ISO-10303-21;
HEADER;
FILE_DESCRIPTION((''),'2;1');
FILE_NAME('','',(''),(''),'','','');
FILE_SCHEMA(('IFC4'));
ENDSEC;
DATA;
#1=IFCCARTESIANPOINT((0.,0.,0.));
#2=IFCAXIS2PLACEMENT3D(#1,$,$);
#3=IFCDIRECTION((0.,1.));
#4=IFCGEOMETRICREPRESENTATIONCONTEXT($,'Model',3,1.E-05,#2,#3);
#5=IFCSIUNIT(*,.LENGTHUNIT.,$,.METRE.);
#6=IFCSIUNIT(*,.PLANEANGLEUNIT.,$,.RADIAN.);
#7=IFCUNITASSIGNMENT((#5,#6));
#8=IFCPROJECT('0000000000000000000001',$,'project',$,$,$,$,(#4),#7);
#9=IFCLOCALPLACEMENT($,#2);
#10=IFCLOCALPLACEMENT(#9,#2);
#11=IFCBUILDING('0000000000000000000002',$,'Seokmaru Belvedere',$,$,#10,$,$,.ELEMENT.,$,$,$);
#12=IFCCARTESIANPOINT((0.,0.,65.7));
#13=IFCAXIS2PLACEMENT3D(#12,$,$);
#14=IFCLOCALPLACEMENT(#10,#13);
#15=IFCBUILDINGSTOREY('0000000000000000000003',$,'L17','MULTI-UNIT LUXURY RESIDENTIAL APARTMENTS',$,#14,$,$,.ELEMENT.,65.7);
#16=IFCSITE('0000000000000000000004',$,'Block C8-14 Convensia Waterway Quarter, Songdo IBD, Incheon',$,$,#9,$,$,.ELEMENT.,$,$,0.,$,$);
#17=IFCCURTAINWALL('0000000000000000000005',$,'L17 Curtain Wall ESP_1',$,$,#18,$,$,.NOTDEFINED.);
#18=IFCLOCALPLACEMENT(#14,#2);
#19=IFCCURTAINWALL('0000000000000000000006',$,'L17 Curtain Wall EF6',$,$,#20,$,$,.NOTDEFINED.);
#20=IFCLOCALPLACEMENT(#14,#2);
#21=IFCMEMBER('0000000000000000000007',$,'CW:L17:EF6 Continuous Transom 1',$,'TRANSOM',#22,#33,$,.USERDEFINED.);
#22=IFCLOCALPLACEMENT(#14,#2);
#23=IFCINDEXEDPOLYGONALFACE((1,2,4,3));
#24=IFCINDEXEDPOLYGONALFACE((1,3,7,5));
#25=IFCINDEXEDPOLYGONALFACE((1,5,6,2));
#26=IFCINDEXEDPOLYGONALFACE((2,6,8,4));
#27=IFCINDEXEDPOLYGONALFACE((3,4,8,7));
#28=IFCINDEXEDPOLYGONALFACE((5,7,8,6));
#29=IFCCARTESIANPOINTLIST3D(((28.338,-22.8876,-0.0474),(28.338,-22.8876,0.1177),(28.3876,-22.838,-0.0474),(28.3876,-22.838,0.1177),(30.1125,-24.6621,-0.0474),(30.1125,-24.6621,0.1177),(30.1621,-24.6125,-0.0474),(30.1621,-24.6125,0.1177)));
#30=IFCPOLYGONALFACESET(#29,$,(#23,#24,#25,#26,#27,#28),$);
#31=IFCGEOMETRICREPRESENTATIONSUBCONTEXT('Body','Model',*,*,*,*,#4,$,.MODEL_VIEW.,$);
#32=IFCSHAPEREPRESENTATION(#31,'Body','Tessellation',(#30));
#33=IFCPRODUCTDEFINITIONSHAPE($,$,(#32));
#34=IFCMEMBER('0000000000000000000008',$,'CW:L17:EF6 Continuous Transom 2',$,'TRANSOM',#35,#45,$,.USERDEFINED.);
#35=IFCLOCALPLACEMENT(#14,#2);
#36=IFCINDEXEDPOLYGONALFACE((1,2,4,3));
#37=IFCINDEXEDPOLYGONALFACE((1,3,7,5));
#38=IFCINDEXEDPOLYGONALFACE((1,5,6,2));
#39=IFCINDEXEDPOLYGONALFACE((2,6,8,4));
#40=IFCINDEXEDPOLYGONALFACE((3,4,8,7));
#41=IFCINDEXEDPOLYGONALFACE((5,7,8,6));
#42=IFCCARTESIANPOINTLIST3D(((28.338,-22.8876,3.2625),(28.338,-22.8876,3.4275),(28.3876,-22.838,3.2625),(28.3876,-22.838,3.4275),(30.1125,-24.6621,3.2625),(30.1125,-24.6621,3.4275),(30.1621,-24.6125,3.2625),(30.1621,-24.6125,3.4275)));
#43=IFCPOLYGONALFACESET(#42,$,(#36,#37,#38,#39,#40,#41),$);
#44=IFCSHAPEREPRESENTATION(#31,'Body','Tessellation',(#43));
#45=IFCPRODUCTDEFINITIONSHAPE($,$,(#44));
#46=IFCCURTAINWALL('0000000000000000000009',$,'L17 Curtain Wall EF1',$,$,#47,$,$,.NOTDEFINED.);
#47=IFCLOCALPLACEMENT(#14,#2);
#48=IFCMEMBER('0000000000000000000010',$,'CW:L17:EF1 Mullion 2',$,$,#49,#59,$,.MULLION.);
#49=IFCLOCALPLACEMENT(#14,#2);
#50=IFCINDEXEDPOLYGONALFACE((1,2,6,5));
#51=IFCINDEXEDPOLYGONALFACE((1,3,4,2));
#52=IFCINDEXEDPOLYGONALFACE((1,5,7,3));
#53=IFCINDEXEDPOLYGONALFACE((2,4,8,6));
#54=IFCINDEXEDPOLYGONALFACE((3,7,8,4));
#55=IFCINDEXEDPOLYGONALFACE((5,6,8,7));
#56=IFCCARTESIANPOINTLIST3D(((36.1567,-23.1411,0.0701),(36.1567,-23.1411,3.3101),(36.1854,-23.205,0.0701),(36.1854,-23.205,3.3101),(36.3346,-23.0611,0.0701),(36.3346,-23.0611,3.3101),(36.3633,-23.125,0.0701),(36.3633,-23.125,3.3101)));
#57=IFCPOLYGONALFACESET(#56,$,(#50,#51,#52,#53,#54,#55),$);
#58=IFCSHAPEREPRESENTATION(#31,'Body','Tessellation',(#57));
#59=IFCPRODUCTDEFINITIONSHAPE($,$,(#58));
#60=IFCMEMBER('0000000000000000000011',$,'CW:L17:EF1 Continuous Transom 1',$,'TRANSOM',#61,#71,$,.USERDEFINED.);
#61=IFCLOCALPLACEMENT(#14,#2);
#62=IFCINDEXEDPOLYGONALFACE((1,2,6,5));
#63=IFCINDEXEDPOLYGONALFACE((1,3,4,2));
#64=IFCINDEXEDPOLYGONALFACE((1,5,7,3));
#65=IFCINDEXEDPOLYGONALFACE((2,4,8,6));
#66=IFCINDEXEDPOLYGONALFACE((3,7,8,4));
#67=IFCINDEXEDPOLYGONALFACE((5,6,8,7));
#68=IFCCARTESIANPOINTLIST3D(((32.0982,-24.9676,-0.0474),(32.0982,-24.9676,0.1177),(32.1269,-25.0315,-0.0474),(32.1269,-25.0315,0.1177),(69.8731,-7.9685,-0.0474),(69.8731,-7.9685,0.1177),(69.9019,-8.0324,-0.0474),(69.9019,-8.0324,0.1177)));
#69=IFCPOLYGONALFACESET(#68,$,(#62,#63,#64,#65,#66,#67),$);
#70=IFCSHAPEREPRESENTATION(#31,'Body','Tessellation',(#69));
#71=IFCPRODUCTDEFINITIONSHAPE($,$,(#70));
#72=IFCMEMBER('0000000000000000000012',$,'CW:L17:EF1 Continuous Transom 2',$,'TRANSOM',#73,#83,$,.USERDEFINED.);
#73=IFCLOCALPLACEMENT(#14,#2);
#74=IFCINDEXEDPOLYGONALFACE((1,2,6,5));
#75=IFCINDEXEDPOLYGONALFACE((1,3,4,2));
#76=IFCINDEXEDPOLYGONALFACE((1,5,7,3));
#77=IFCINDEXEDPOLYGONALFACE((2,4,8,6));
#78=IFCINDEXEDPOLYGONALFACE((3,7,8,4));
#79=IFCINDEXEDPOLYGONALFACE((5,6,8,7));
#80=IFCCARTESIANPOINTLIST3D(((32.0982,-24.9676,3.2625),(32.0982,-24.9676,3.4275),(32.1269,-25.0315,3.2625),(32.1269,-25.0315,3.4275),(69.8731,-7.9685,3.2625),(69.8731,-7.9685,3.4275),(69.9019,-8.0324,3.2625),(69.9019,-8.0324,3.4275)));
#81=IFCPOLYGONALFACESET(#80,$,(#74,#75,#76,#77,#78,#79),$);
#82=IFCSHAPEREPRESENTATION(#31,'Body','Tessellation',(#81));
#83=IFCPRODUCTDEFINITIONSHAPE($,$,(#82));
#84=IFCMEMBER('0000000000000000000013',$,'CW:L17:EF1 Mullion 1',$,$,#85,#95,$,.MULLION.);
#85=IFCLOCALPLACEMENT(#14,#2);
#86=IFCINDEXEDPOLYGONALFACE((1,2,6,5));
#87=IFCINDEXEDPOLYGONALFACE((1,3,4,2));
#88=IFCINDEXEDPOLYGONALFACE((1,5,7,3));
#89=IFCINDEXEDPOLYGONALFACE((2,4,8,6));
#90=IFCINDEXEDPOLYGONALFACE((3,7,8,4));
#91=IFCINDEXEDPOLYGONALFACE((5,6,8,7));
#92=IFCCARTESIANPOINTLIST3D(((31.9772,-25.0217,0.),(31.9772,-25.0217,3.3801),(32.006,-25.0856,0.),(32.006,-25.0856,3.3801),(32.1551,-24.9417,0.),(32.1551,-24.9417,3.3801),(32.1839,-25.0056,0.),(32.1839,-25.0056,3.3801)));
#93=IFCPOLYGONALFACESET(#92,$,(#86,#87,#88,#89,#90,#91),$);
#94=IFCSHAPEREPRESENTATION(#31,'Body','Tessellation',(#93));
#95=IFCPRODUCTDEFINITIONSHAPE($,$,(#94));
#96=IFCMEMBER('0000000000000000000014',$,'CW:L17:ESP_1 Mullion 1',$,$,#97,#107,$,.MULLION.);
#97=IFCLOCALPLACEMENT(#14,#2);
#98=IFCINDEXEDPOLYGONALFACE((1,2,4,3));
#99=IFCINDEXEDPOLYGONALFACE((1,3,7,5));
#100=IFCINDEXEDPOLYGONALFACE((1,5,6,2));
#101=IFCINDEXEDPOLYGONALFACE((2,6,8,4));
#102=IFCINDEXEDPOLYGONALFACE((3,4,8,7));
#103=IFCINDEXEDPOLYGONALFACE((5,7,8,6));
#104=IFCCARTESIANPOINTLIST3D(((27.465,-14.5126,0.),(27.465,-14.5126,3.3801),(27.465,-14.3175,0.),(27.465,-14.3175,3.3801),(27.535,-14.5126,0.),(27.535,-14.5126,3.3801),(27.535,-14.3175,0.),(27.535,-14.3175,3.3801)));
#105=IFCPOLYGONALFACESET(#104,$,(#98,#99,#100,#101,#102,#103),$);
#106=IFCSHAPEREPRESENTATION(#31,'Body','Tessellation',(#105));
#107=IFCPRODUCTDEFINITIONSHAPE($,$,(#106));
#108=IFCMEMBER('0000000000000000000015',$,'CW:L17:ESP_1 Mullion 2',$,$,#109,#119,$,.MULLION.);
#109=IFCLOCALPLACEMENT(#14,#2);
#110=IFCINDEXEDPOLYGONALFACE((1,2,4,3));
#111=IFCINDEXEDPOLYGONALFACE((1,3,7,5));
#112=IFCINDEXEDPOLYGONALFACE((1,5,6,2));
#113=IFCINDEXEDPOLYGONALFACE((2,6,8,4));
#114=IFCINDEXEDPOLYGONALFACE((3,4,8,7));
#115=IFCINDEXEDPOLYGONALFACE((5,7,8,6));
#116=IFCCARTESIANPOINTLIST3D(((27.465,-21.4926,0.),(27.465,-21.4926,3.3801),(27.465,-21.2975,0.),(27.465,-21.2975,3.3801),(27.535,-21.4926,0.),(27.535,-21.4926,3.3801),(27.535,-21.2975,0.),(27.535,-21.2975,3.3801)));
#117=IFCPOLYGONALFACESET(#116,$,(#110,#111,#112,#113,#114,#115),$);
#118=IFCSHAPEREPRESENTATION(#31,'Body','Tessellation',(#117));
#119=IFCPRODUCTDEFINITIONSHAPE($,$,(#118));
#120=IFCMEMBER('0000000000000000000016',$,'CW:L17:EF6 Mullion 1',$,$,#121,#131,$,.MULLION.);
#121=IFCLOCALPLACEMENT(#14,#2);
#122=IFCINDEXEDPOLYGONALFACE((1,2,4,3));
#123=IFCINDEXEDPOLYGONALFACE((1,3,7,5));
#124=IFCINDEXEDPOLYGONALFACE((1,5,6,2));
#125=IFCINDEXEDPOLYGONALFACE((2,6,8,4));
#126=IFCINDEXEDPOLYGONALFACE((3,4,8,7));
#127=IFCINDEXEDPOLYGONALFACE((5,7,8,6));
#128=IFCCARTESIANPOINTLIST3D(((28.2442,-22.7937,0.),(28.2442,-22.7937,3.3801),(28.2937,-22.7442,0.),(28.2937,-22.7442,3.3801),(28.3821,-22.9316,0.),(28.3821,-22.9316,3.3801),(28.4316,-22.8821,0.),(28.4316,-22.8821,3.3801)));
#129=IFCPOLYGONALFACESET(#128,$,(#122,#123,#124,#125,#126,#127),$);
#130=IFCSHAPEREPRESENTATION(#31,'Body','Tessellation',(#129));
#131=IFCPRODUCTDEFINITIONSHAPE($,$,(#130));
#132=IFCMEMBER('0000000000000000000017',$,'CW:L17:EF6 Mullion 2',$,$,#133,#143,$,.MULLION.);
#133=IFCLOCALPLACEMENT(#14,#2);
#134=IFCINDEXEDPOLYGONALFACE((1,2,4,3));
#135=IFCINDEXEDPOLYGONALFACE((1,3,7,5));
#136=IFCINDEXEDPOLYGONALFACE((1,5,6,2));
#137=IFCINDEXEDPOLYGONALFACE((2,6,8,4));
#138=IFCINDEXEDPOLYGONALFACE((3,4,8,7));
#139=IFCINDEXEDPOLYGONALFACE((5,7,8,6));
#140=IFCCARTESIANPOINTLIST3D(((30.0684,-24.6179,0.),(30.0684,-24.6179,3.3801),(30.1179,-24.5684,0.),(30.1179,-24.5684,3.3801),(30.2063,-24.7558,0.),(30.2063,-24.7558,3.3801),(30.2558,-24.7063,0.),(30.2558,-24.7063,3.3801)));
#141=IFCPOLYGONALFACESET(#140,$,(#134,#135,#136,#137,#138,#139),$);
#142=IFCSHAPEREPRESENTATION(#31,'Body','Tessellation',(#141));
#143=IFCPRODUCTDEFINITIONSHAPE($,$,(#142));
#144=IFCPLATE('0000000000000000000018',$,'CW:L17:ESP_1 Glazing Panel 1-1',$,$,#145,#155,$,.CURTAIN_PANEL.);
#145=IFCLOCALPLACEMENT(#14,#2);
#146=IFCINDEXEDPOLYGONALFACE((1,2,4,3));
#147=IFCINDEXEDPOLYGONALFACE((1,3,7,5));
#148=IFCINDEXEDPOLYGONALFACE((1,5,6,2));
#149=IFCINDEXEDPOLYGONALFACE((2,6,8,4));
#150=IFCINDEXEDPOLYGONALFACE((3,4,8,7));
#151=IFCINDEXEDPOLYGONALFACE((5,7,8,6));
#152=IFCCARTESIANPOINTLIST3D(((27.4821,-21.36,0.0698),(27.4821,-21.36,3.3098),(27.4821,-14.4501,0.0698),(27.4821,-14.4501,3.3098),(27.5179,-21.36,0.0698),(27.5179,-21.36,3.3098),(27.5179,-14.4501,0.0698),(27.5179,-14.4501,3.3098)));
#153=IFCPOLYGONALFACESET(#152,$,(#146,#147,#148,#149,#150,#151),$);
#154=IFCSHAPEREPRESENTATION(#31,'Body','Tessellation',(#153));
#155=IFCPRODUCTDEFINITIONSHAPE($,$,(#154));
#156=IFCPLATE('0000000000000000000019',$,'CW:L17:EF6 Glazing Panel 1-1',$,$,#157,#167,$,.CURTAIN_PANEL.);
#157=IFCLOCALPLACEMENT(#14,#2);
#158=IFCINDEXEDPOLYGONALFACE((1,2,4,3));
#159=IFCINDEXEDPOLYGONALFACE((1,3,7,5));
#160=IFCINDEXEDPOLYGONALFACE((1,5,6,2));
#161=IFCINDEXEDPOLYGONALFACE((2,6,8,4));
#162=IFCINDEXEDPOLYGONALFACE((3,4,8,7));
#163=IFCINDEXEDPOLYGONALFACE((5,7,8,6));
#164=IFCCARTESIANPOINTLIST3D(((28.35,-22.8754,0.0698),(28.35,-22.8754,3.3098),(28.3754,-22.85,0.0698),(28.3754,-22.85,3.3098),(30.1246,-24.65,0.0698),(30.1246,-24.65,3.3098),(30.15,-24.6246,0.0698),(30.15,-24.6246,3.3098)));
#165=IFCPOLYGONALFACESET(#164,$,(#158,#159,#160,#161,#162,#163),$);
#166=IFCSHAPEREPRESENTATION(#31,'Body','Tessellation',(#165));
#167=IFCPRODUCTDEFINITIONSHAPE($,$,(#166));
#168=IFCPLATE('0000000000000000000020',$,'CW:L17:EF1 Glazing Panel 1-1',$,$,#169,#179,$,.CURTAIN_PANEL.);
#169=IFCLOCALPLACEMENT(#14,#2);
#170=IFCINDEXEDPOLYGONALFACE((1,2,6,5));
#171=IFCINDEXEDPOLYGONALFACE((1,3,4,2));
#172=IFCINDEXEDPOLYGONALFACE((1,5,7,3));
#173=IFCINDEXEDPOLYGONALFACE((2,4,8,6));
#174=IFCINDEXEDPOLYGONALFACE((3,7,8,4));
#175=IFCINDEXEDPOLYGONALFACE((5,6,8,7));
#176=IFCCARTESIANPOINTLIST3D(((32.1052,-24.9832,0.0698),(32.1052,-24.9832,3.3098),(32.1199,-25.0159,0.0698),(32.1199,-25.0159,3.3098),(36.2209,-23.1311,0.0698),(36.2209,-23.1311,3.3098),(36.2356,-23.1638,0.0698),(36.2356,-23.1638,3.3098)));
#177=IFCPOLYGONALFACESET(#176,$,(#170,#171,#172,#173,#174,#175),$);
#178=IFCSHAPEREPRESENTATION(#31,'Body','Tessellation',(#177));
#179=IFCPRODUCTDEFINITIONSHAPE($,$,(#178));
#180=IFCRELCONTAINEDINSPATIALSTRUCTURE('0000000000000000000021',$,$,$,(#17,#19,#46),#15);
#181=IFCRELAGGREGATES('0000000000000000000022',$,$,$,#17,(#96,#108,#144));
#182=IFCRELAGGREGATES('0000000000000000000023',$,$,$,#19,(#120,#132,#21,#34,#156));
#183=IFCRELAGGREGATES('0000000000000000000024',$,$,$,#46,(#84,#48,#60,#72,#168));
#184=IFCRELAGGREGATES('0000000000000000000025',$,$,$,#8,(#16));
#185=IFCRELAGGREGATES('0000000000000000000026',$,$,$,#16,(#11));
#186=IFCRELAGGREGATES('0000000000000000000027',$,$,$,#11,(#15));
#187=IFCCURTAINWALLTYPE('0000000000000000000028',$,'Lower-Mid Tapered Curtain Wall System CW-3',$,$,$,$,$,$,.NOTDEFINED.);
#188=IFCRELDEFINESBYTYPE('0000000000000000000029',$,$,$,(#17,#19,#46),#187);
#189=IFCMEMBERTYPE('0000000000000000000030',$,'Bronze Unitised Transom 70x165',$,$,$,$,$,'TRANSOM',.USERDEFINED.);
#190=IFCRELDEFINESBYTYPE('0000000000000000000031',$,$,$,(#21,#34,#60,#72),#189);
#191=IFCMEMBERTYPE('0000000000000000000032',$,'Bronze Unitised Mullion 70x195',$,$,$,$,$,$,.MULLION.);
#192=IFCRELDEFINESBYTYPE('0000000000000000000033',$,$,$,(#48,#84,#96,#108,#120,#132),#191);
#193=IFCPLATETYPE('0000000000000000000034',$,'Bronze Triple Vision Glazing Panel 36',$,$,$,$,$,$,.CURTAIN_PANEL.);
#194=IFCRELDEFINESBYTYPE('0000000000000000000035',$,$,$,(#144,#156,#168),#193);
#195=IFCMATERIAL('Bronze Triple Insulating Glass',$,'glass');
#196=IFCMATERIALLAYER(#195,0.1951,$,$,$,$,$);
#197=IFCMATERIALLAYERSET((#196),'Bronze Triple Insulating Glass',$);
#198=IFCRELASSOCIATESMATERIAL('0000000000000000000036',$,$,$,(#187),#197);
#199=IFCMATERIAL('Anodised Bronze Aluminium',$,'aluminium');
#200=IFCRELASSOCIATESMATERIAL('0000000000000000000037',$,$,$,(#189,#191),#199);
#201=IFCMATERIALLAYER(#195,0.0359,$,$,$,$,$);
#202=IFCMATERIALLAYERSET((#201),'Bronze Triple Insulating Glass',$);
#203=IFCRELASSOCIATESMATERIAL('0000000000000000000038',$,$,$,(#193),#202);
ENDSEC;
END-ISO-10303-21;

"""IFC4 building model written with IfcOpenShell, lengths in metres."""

from ifc_helpers import new_model, si_unit, direction, frame, origin, origin_2d, place, context, subcontext, project, spatial, rectangle, extrude, source, transform, mapped, material, layer, layer_set, material_profile, profile_set, type_object, type_shapes, element, aggregate, save


model = new_model("IFC4")

# Units and contexts
model_context = context("Model", 3, precision=1e-05, world=origin(), true_north=direction((0.0, 1.0)))
body_context = subcontext(model_context, "Body", "Model", "MODEL_VIEW")
ifc_project = project(units=[si_unit("LENGTHUNIT", "METRE"), si_unit("PLANEANGLEUNIT", "RADIAN")], contexts=[model_context])

# Site, building, storey
site_placement = place(None, origin())
site = spatial("IfcSite", under=ifc_project, at=site_placement, Name="Block C8-14 Convensia Waterway Quarter, Songdo IBD, Incheon", CompositionType="ELEMENT", RefElevation=0.0)
building_placement = place(site_placement, origin())
building = spatial("IfcBuilding", under=site, at=building_placement, Name="Seokmaru Belvedere", CompositionType="ELEMENT")
storey_placement = place(building_placement, frame((0.0, 0.0, 65.7)))
storey = spatial("IfcBuildingStorey", under=building, at=storey_placement, Name="L17", Description="MULTI-UNIT LUXURY RESIDENTIAL APARTMENTS", CompositionType="ELEMENT", Elevation=65.7)

# Curtain walls, members
ifc_material_1 = material(Name="Bronze Triple Insulating Glass", Category="glass")
ifc_layer_1 = layer(ifc_material_1, 0.1951)
ifc_layer_set_1 = layer_set([ifc_layer_1], Name="Bronze Triple Insulating Glass")
curtain_wall_type = type_object("IfcCurtainWallType", Name="Lower-Mid Tapered Curtain Wall System CW-3", PredefinedType="NOTDEFINED", material=ifc_layer_set_1)
curtain_wall_1_placement = place(storey_placement, origin())
curtain_wall_1 = element("IfcCurtainWall", 1, at=curtain_wall_1_placement, inside=storey, type_object=curtain_wall_type, Name="L17 Curtain Wall ESP_1", PredefinedType="NOTDEFINED")
ifc_material_2 = material(Name="Anodised Bronze Aluminium", Category="aluminium")
ifc_material_profile_1 = material_profile(ifc_material_2, rectangle(XDim=0.0701, YDim=0.165, at=origin_2d()), Name="CW-T-70x165")
ifc_profile_set_1 = profile_set([ifc_material_profile_1], Name="Anodised Bronze Aluminium")
member_type_1 = type_object("IfcMemberType", Name="Bronze Unitised Transom 70x165", ElementType="TRANSOM", PredefinedType="USERDEFINED", material=ifc_profile_set_1)
curtain_wall_2_placement = place(storey_placement, origin())
curtain_wall_2 = element("IfcCurtainWall", 2, at=curtain_wall_2_placement, inside=storey, type_object=curtain_wall_type, Name="L17 Curtain Wall EF6", PredefinedType="NOTDEFINED")
shared_shape_1 = source(origin(), body_context, "Body", "SweptSolid", [
    extrude(rectangle(XDim=0.0701, YDim=0.165, at=origin_2d()), origin(), (0.0, 0.0, 1.0), 2.5095),
])
member_1_placement = place(storey_placement, frame((28.3628, -22.8628, 0.0352), z_axis=(0.707107, -0.707107, 0.0), x_axis=(0.707107, 0.707107, 0.0)))
member_1 = element("IfcMember", 3, at=member_1_placement, type_object=member_type_1, Name="CW:L17:EF6 Continuous Transom 1", ObjectType="TRANSOM", PredefinedType="USERDEFINED", context=body_context, shape_type="MappedRepresentation", body=[
    mapped(shared_shape_1, transform((0.0, 0.0, 0.0), scale=1.0)),
])
member_2_placement = place(storey_placement, frame((28.3628, -22.8628, 3.345), z_axis=(0.707107, -0.707107, 0.0), x_axis=(0.707107, 0.707107, 0.0)))
member_2 = element("IfcMember", 4, at=member_2_placement, type_object=member_type_1, Name="CW:L17:EF6 Continuous Transom 2", ObjectType="TRANSOM", PredefinedType="USERDEFINED", context=body_context, shape_type="MappedRepresentation", body=[
    mapped(shared_shape_1, transform((0.0, 0.0, 0.0), scale=1.0)),
])
curtain_wall_3_placement = place(storey_placement, origin())
curtain_wall_3 = element("IfcCurtainWall", 5, at=curtain_wall_3_placement, inside=storey, type_object=curtain_wall_type, Name="L17 Curtain Wall EF1", PredefinedType="NOTDEFINED")
ifc_material_profile_2 = material_profile(ifc_material_2, rectangle(XDim=0.0701, YDim=0.1951, at=origin_2d()), Name="CW-M-70x195")
ifc_profile_set_2 = profile_set([ifc_material_profile_2], Name="Anodised Bronze Aluminium")
member_type_2 = type_object("IfcMemberType", Name="Bronze Unitised Mullion 70x195", PredefinedType="MULLION", material=ifc_profile_set_2)
shared_shape_2 = source(origin(), body_context, "Body", "SweptSolid", [
    extrude(rectangle(XDim=0.0701, YDim=0.1951, at=origin_2d()), origin(), (0.0, 0.0, 1.0), 3.24),
])
member_3_placement = place(storey_placement, frame((36.26, -23.1331, 0.0701), z_axis=(0.0, 0.0, 1.0), x_axis=(-0.410366, 0.911921, 0.0)))
member_3 = element("IfcMember", 6, at=member_3_placement, type_object=member_type_2, Name="CW:L17:EF1 Mullion 2", PredefinedType="MULLION", context=body_context, shape_type="MappedRepresentation", body=[
    mapped(shared_shape_2, transform((0.0, 0.0, 0.0), scale=1.0)),
])
shared_shape_3 = source(origin(), body_context, "Body", "SweptSolid", [
    extrude(rectangle(XDim=0.0701, YDim=0.165, at=origin_2d()), origin(), (0.0, 0.0, 1.0), 41.4236),
])
member_4_placement = place(storey_placement, frame((32.1125, -24.9995, 0.0352), z_axis=(0.911919, 0.410371, 0.0), x_axis=(-0.410371, 0.911919, 0.0)))
member_4 = element("IfcMember", 7, at=member_4_placement, type_object=member_type_1, Name="CW:L17:EF1 Continuous Transom 1", ObjectType="TRANSOM", PredefinedType="USERDEFINED", context=body_context, shape_type="MappedRepresentation", body=[
    mapped(shared_shape_3, transform((0.0, 0.0, 0.0), scale=1.0)),
])
member_5_placement = place(storey_placement, frame((32.1125, -24.9995, 3.345), z_axis=(0.911919, 0.410371, 0.0), x_axis=(-0.410371, 0.911919, 0.0)))
member_5 = element("IfcMember", 8, at=member_5_placement, type_object=member_type_1, Name="CW:L17:EF1 Continuous Transom 2", ObjectType="TRANSOM", PredefinedType="USERDEFINED", context=body_context, shape_type="MappedRepresentation", body=[
    mapped(shared_shape_3, transform((0.0, 0.0, 0.0), scale=1.0)),
])
shared_shape_4 = source(origin(), body_context, "Body", "SweptSolid", [
    extrude(rectangle(XDim=0.0701, YDim=0.1951, at=origin_2d()), origin(), (0.0, 0.0, 1.0), 3.3801),
])
type_shapes(member_type_2, [shared_shape_2, shared_shape_4])
member_6_placement = place(storey_placement, frame((32.0806, -25.0137, 0.0), z_axis=(0.0, 0.0, 1.0), x_axis=(-0.410366, 0.911921, 0.0)))
member_6 = element("IfcMember", 9, at=member_6_placement, type_object=member_type_2, Name="CW:L17:EF1 Mullion 1", PredefinedType="MULLION", context=body_context, shape_type="MappedRepresentation", body=[
    mapped(shared_shape_4, transform((0.0, 0.0, 0.0), scale=1.0)),
])

# Members
member_7_placement = place(storey_placement, frame((27.5, -14.415, 0.0), z_axis=(0.0, 0.0, 1.0), x_axis=(1.0, 0.0, 0.0)))
member_7 = element("IfcMember", 10, at=member_7_placement, type_object=member_type_2, Name="CW:L17:ESP_1 Mullion 1", PredefinedType="MULLION", context=body_context, shape_type="MappedRepresentation", body=[
    mapped(shared_shape_4, transform((0.0, 0.0, 0.0), scale=1.0)),
])
member_8_placement = place(storey_placement, frame((27.5, -21.395, 0.0), z_axis=(0.0, 0.0, 1.0), x_axis=(1.0, 0.0, 0.0)))
member_8 = element("IfcMember", 11, at=member_8_placement, type_object=member_type_2, Name="CW:L17:ESP_1 Mullion 2", PredefinedType="MULLION", context=body_context, shape_type="MappedRepresentation", body=[
    mapped(shared_shape_4, transform((0.0, 0.0, 0.0), scale=1.0)),
])
member_9_placement = place(storey_placement, frame((28.3379, -22.8379, 0.0), z_axis=(0.0, 0.0, 1.0), x_axis=(0.707107, 0.707107, 0.0)))
member_9 = element("IfcMember", 12, at=member_9_placement, type_object=member_type_2, Name="CW:L17:EF6 Mullion 1", PredefinedType="MULLION", context=body_context, shape_type="MappedRepresentation", body=[
    mapped(shared_shape_4, transform((0.0, 0.0, 0.0), scale=1.0)),
])
member_10_placement = place(storey_placement, frame((30.1621, -24.6621, 0.0), z_axis=(0.0, 0.0, 1.0), x_axis=(0.707107, 0.707107, 0.0)))
member_10 = element("IfcMember", 13, at=member_10_placement, type_object=member_type_2, Name="CW:L17:EF6 Mullion 2", PredefinedType="MULLION", context=body_context, shape_type="MappedRepresentation", body=[
    mapped(shared_shape_4, transform((0.0, 0.0, 0.0), scale=1.0)),
])

# Plates
ifc_layer_2 = layer(ifc_material_1, 0.0359)
ifc_layer_set_2 = layer_set([ifc_layer_2], Name="Bronze Triple Insulating Glass")
plate_type = type_object("IfcPlateType", Name="Bronze Triple Vision Glazing Panel 36", PredefinedType="CURTAIN_PANEL", material=ifc_layer_set_2)
shared_shape_5 = source(origin(), body_context, "Body", "SweptSolid", [
    extrude(rectangle(XDim=6.9099, YDim=0.0359, at=origin_2d()), origin(), (0.0, 0.0, 1.0), 3.24),
])
plate_1_placement = place(storey_placement, frame((27.5, -17.905, 0.0698), z_axis=(0.0, 0.0, 1.0), x_axis=(0.0, -1.0, 0.0)))
plate_1 = element("IfcPlate", 14, at=plate_1_placement, type_object=plate_type, Name="CW:L17:ESP_1 Glazing Panel 1-1", PredefinedType="CURTAIN_PANEL", context=body_context, shape_type="MappedRepresentation", body=[
    mapped(shared_shape_5, transform((0.0, 0.0, 0.0), scale=1.0)),
])
aggregate(curtain_wall_1, [member_7, member_8, plate_1])
shared_shape_6 = source(origin(), body_context, "Body", "SweptSolid", [
    extrude(rectangle(XDim=2.5098, YDim=0.0359, at=origin_2d()), origin(), (0.0, 0.0, 1.0), 3.24),
])
plate_2_placement = place(storey_placement, frame((29.25, -23.75, 0.0698), z_axis=(0.0, 0.0, 1.0), x_axis=(0.707107, -0.707107, 0.0)))
plate_2 = element("IfcPlate", 15, at=plate_2_placement, type_object=plate_type, Name="CW:L17:EF6 Glazing Panel 1-1", PredefinedType="CURTAIN_PANEL", context=body_context, shape_type="MappedRepresentation", body=[
    mapped(shared_shape_6, transform((0.0, 0.0, 0.0), scale=1.0)),
])
aggregate(curtain_wall_2, [member_9, member_10, member_1, member_2, plate_2])
shared_shape_7 = source(origin(), body_context, "Body", "SweptSolid", [
    extrude(rectangle(XDim=4.5132, YDim=0.0359, at=origin_2d()), origin(), (0.0, 0.0, 1.0), 3.24),
])
type_shapes(plate_type, [shared_shape_5, shared_shape_6, shared_shape_7])
plate_3_placement = place(storey_placement, frame((34.1704, -24.0735, 0.0698), z_axis=(0.0, 0.0, 1.0), x_axis=(0.911921, 0.410366, 0.0)))
plate_3 = element("IfcPlate", 16, at=plate_3_placement, type_object=plate_type, Name="CW:L17:EF1 Glazing Panel 1-1", PredefinedType="CURTAIN_PANEL", context=body_context, shape_type="MappedRepresentation", body=[
    mapped(shared_shape_7, transform((0.0, 0.0, 0.0), scale=1.0)),
])
aggregate(curtain_wall_3, [member_6, member_3, member_4, member_5, plate_3])

save(model, "model.ifc")
